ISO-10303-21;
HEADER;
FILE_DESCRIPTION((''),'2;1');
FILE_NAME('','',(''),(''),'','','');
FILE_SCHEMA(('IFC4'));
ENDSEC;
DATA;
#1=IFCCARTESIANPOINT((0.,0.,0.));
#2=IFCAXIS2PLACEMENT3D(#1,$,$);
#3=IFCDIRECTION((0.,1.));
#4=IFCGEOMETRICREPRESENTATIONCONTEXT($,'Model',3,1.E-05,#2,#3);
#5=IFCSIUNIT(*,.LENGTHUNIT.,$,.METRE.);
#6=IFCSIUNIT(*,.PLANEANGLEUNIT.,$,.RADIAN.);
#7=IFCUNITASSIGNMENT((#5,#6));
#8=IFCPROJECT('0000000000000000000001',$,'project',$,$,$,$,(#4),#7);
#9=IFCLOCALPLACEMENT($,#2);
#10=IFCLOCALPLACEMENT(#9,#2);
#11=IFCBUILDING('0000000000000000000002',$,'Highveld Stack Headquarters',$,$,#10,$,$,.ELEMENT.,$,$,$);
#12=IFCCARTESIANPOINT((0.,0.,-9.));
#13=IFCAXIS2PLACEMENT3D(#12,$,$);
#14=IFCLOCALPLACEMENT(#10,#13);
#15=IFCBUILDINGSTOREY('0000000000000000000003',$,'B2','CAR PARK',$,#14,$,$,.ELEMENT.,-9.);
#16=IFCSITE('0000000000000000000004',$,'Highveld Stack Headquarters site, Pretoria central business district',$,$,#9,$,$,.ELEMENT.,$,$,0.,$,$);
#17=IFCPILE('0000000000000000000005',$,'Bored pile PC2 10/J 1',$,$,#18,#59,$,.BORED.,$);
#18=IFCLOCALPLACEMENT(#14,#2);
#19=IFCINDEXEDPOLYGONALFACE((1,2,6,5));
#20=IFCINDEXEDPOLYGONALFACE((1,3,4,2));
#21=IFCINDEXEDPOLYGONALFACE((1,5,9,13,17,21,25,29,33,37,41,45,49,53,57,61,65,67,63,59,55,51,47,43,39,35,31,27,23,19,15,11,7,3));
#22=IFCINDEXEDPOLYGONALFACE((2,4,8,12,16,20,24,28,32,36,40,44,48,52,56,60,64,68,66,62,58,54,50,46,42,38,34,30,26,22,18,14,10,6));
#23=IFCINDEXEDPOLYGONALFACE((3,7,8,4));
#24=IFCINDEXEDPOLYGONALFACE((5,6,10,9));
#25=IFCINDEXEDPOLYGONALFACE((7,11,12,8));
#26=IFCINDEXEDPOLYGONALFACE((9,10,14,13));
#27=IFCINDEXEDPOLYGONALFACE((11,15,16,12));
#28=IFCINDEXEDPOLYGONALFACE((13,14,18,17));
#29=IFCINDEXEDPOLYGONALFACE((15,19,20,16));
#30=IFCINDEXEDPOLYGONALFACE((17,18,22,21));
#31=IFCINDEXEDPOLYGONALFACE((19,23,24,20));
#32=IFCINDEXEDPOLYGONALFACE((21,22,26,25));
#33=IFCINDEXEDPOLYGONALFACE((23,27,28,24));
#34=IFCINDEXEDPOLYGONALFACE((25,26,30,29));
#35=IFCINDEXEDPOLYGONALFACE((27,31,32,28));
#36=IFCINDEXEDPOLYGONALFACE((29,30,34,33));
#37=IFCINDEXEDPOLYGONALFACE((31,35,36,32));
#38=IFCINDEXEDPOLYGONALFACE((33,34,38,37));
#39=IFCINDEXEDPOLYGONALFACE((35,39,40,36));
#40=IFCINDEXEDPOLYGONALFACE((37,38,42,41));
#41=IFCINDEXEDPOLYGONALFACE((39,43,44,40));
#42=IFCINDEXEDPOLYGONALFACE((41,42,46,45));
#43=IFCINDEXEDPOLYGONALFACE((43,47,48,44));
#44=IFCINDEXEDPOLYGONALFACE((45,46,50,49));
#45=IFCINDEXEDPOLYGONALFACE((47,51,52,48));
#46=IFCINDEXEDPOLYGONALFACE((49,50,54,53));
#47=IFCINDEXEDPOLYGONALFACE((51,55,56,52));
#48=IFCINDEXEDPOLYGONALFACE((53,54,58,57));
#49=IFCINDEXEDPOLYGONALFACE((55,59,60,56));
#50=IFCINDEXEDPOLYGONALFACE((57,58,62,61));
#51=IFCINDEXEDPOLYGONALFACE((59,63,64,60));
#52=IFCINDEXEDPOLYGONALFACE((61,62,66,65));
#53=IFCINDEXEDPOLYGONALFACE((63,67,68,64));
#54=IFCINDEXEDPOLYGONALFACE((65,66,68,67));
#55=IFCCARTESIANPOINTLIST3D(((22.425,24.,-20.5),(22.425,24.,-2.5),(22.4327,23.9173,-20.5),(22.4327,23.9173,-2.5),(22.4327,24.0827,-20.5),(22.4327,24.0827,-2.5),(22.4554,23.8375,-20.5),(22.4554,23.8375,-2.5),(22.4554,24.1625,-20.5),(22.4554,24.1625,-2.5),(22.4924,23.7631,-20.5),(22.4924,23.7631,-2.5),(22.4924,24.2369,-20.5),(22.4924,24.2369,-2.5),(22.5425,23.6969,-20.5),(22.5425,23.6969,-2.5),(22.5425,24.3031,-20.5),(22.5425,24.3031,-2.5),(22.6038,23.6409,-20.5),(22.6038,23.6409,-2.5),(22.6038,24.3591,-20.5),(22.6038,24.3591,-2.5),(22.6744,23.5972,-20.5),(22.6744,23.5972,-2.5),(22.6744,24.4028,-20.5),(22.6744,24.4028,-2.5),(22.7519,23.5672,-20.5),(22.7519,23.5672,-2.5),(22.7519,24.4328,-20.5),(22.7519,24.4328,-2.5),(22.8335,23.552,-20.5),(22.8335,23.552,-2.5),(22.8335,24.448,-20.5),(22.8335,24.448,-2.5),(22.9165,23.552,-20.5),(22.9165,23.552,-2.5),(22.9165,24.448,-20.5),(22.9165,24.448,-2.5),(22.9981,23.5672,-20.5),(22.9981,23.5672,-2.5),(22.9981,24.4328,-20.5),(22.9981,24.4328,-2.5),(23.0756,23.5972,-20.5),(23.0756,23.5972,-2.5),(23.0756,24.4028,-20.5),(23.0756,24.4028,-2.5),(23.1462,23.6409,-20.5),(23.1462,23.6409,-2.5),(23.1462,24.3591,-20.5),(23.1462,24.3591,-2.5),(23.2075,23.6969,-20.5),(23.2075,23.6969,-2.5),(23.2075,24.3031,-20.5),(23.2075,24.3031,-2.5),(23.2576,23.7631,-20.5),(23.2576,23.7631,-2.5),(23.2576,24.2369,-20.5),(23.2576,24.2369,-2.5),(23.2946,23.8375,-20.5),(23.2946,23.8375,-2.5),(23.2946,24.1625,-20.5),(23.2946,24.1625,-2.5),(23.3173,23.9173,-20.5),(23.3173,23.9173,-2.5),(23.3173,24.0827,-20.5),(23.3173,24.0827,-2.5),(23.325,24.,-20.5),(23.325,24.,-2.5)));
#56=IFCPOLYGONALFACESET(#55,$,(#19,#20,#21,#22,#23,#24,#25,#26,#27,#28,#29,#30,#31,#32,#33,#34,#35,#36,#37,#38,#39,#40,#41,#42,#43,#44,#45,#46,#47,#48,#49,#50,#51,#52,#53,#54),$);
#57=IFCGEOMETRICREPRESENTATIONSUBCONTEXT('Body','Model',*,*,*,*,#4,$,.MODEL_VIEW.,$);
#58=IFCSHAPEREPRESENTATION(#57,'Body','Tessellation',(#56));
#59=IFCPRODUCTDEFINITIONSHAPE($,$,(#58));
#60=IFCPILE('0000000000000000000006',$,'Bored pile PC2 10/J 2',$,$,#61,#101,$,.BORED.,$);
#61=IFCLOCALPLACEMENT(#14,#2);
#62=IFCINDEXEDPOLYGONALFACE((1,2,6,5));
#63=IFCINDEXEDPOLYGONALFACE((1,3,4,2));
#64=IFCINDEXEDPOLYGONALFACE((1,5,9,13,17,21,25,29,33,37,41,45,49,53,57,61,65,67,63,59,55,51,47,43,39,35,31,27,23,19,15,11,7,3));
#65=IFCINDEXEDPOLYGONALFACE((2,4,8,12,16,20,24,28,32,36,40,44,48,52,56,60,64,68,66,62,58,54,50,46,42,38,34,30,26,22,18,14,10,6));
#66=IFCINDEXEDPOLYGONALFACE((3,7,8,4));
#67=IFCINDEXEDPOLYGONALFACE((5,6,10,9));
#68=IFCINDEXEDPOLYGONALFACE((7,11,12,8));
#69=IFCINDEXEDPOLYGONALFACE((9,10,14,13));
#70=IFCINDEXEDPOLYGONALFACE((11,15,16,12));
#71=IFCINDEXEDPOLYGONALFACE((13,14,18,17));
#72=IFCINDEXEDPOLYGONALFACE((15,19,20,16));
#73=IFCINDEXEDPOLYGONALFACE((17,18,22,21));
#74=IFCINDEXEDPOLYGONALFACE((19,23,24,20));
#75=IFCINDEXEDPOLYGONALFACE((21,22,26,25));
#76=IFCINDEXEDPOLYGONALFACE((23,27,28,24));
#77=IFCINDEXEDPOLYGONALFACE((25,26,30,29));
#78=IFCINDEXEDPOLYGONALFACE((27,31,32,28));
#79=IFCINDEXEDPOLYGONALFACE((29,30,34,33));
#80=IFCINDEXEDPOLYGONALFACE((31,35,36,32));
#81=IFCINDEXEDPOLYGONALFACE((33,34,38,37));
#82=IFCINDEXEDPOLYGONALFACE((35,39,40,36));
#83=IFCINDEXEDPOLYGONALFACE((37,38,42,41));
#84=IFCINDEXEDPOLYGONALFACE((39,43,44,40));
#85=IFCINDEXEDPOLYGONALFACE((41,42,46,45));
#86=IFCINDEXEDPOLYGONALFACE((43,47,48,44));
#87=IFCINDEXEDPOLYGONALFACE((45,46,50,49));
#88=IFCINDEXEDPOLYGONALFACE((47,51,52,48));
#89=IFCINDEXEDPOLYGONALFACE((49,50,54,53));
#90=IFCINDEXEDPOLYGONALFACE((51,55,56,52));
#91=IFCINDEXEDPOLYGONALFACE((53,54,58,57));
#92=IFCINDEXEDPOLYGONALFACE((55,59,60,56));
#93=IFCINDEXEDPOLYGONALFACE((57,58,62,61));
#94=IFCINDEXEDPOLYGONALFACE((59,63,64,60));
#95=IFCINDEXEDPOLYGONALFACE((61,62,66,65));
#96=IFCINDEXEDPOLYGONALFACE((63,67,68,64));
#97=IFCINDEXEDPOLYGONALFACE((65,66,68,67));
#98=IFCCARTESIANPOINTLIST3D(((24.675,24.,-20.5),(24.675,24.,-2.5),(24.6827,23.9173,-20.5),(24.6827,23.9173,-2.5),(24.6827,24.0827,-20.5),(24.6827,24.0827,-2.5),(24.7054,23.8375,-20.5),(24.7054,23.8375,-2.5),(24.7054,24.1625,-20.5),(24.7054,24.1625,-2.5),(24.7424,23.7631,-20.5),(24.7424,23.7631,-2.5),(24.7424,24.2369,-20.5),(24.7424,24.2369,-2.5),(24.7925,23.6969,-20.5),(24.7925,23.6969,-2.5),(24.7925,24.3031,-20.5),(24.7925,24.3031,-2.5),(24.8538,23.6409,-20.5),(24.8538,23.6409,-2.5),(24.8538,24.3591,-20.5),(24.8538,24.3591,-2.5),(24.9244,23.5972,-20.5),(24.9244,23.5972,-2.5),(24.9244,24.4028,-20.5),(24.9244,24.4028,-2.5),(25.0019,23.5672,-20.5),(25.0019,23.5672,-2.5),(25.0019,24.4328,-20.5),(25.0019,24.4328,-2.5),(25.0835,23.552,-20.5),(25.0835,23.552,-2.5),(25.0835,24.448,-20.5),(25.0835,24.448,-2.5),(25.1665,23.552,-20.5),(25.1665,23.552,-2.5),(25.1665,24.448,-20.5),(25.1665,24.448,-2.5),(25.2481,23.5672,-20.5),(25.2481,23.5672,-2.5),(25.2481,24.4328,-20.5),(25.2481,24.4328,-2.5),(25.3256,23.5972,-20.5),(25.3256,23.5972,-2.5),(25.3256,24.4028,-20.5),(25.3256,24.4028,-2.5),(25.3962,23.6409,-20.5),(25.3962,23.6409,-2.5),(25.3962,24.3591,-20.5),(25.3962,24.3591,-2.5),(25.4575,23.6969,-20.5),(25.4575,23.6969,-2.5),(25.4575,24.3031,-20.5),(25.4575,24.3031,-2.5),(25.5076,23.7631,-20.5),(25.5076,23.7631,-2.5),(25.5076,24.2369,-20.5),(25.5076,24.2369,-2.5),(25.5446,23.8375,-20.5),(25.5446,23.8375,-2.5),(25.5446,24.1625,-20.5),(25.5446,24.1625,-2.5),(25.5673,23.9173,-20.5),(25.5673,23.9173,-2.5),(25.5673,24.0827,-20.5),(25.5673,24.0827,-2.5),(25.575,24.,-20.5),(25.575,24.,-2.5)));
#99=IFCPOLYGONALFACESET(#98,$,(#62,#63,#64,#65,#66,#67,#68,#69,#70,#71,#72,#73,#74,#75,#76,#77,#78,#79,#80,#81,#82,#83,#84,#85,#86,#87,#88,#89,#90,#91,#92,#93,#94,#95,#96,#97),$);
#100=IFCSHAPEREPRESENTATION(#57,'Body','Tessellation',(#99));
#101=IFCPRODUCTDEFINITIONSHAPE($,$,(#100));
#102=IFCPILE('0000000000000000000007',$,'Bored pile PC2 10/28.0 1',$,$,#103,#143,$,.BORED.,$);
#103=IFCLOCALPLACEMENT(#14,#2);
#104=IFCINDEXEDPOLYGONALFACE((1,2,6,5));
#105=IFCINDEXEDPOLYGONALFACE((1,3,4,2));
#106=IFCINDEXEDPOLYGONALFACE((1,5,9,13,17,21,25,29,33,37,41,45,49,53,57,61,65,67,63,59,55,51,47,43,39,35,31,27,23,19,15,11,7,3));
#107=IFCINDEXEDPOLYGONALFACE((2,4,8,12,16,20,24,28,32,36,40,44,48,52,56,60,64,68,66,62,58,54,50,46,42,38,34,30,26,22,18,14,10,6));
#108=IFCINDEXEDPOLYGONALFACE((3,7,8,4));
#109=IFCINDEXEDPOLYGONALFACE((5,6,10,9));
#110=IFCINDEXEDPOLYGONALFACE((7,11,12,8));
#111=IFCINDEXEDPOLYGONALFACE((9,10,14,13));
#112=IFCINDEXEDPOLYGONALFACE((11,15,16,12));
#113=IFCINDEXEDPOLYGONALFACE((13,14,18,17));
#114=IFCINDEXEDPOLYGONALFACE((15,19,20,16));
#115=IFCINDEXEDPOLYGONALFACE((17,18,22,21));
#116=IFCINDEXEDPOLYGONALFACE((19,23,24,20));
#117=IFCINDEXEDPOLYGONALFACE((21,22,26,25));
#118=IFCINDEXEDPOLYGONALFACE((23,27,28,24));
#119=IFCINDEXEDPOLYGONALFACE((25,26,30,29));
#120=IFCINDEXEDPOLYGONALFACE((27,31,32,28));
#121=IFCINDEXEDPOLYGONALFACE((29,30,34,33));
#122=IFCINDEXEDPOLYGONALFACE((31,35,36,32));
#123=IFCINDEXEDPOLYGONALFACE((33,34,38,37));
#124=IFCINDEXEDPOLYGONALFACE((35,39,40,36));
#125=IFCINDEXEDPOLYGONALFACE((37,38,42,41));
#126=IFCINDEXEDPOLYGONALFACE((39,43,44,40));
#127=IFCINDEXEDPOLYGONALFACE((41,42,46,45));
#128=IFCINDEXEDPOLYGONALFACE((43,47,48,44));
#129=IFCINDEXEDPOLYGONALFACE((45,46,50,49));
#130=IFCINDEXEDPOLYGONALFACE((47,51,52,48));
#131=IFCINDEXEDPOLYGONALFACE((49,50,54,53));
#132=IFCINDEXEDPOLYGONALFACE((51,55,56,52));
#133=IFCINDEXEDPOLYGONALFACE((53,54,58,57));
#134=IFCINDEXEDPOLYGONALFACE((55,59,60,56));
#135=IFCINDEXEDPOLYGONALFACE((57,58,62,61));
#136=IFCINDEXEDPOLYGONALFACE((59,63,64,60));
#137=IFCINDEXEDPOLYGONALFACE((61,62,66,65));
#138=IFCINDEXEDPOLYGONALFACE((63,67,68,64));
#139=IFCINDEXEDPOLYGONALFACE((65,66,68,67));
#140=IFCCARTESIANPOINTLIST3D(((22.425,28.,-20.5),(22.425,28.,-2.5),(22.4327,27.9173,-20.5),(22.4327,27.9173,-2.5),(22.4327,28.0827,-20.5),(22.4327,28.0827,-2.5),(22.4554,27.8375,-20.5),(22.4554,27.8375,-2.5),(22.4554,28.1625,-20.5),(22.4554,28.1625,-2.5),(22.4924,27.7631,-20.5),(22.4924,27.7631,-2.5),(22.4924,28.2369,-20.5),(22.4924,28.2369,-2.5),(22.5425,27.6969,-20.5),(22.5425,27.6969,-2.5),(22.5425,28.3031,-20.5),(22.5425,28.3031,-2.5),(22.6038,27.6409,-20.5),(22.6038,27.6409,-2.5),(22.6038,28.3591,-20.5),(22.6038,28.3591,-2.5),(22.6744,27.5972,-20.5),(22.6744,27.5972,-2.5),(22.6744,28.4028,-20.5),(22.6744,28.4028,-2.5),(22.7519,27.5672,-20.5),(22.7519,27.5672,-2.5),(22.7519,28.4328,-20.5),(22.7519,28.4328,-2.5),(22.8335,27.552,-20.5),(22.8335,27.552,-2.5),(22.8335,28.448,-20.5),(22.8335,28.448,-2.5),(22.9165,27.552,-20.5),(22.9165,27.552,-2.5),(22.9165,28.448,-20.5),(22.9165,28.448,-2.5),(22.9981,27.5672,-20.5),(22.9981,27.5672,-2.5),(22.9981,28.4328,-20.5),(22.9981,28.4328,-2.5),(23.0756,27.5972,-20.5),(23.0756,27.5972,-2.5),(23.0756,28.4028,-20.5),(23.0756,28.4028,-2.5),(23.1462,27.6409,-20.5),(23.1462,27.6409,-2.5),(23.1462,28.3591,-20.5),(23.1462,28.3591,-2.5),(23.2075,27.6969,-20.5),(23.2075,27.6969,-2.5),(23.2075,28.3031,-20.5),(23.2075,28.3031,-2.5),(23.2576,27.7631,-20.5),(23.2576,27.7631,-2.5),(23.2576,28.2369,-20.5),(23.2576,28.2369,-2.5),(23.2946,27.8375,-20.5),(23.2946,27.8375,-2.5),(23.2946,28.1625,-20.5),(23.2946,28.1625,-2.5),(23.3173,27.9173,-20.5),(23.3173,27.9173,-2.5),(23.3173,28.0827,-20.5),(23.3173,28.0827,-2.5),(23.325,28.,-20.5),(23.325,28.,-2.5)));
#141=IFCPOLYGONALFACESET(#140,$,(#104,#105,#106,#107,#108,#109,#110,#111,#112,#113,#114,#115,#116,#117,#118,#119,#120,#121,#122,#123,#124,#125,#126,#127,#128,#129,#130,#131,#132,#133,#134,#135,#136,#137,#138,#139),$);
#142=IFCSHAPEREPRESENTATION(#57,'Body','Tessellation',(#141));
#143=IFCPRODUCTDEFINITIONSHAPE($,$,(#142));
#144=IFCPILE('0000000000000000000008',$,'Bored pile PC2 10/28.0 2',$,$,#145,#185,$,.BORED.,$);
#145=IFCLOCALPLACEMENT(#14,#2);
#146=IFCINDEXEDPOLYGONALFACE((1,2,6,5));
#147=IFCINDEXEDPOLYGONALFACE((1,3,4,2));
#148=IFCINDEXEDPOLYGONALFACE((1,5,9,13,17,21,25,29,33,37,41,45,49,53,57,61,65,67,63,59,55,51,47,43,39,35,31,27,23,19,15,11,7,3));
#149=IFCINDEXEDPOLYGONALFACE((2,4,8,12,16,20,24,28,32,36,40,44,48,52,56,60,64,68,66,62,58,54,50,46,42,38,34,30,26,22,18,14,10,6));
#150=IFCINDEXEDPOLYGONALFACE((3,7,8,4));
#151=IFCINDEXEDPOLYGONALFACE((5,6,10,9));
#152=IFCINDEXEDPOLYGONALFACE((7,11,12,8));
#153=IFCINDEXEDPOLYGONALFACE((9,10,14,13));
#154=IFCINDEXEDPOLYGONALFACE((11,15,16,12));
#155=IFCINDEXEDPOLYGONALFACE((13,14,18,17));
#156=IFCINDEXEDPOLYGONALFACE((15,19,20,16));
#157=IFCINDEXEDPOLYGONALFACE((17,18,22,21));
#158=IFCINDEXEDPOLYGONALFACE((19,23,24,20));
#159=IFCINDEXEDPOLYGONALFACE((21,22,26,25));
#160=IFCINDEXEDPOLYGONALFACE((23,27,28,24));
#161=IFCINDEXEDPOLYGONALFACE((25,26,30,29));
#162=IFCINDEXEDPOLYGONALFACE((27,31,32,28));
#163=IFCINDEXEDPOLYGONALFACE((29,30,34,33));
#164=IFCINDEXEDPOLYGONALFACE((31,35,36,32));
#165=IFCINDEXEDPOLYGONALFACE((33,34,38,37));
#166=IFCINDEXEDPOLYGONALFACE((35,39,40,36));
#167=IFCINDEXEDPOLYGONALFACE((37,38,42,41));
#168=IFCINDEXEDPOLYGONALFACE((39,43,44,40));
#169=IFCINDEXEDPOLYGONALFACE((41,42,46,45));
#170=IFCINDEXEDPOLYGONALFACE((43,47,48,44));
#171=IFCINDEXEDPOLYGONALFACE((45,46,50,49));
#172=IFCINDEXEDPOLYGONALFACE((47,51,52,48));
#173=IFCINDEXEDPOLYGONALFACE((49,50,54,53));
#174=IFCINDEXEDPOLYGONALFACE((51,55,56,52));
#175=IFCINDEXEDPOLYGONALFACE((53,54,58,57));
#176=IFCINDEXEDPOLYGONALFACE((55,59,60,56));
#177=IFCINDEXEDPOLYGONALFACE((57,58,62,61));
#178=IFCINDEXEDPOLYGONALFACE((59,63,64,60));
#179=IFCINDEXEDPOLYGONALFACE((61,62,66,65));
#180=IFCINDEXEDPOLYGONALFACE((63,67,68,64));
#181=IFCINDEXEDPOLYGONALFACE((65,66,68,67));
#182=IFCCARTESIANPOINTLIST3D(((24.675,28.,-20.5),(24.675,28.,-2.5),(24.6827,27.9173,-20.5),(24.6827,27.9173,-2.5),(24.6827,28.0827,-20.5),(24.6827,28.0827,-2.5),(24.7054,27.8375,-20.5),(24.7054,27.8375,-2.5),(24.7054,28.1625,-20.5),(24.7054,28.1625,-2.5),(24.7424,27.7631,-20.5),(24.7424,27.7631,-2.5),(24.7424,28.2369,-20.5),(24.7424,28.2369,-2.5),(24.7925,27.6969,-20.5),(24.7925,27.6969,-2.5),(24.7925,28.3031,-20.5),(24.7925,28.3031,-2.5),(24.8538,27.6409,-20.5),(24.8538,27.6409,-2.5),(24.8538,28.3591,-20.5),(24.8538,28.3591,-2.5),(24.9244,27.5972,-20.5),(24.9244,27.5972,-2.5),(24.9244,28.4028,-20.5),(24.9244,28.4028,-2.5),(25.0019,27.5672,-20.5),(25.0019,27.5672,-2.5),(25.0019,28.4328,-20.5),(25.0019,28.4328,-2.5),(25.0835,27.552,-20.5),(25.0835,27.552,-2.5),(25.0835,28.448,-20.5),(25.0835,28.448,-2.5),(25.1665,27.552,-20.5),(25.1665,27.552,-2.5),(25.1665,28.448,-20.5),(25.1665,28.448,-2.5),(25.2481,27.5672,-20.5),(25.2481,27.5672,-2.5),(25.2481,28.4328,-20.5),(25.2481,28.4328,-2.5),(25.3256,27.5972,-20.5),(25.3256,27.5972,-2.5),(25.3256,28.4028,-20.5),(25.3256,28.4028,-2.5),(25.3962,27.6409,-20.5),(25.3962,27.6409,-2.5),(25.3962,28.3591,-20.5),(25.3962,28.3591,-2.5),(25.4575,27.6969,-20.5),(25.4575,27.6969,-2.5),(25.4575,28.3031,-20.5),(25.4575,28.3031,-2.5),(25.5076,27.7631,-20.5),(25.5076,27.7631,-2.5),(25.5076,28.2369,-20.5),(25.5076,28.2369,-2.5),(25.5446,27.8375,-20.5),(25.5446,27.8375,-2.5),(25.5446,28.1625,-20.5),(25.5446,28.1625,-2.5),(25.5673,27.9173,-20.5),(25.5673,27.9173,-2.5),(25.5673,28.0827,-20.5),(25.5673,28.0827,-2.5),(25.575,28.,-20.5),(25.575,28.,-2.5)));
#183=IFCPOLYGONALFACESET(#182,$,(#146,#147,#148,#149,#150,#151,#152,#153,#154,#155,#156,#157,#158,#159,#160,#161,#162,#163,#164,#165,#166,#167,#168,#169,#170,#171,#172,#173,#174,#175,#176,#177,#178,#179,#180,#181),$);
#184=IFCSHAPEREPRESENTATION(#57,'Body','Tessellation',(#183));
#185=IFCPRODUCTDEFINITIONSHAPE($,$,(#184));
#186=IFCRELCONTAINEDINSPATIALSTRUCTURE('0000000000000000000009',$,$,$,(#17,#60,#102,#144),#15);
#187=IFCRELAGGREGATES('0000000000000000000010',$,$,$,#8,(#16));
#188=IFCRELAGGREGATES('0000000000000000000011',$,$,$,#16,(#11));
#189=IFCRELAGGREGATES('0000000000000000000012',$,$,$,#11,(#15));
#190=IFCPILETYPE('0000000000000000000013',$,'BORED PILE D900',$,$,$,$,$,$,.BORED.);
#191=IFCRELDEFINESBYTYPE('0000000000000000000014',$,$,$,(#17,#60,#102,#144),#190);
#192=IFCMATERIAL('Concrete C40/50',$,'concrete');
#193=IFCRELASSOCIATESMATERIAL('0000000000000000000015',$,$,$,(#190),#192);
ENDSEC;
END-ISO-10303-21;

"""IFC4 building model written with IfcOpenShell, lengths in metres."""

from ifc_helpers import new_model, si_unit, direction, frame, origin, origin_2d, place, context, subcontext, project, spatial, circle, extrude, material, type_object, element, save


model = new_model("IFC4")

# Units and contexts
model_context = context("Model", 3, precision=1e-05, world=origin(), true_north=direction((0.0, 1.0)))
body_context = subcontext(model_context, "Body", "Model", "MODEL_VIEW")
ifc_project = project(units=[si_unit("LENGTHUNIT", "METRE"), si_unit("PLANEANGLEUNIT", "RADIAN")], contexts=[model_context])

# Site, building, storey
site_placement = place(None, origin())
site = spatial("IfcSite", under=ifc_project, at=site_placement, Name="Highveld Stack Headquarters site, Pretoria central business district", CompositionType="ELEMENT", RefElevation=0.0)
building_placement = place(site_placement, origin())
building = spatial("IfcBuilding", under=site, at=building_placement, Name="Highveld Stack Headquarters", CompositionType="ELEMENT")
storey_placement = place(building_placement, frame((0.0, 0.0, -9.0)))
storey = spatial("IfcBuildingStorey", under=building, at=storey_placement, Name="B2", Description="CAR PARK", CompositionType="ELEMENT", Elevation=-9.0)

# Piles
ifc_material_1 = material(Name="Concrete C40/50", Category="concrete")
pile_type_1 = type_object("IfcPileType", Name="BORED PILE D900", PredefinedType="BORED", material=ifc_material_1)
for number, where, z_axis, x_axis, name in (
    (1, (22.875, 24.0, -2.5), (0.0, 0.0, -1.0), (1.0, 0.0, 0.0), "Bored pile PC2 10/J 1"),
    (2, (25.125, 24.0, -2.5), (0.0, 0.0, -1.0), (1.0, 0.0, 0.0), "Bored pile PC2 10/J 2"),
    (3, (22.875, 28.0, -2.5), (0.0, 0.0, -1.0), (1.0, 0.0, 0.0), "Bored pile PC2 10/28.0 1"),
    (4, (25.125, 28.0, -2.5), (0.0, 0.0, -1.0), (1.0, 0.0, 0.0), "Bored pile PC2 10/28.0 2"),
):
    element("IfcPile", number, at=place(storey_placement, frame(where, z_axis=z_axis, x_axis=x_axis)), inside=storey, type_object=pile_type_1, Name=name, PredefinedType="BORED", context=body_context, shape_type="SweptSolid", body=[
        extrude(circle(Radius=0.45, at=origin_2d()), origin(), (0.0, 0.0, 1.0), 18.0),
    ])

save(model, "model.ifc")
